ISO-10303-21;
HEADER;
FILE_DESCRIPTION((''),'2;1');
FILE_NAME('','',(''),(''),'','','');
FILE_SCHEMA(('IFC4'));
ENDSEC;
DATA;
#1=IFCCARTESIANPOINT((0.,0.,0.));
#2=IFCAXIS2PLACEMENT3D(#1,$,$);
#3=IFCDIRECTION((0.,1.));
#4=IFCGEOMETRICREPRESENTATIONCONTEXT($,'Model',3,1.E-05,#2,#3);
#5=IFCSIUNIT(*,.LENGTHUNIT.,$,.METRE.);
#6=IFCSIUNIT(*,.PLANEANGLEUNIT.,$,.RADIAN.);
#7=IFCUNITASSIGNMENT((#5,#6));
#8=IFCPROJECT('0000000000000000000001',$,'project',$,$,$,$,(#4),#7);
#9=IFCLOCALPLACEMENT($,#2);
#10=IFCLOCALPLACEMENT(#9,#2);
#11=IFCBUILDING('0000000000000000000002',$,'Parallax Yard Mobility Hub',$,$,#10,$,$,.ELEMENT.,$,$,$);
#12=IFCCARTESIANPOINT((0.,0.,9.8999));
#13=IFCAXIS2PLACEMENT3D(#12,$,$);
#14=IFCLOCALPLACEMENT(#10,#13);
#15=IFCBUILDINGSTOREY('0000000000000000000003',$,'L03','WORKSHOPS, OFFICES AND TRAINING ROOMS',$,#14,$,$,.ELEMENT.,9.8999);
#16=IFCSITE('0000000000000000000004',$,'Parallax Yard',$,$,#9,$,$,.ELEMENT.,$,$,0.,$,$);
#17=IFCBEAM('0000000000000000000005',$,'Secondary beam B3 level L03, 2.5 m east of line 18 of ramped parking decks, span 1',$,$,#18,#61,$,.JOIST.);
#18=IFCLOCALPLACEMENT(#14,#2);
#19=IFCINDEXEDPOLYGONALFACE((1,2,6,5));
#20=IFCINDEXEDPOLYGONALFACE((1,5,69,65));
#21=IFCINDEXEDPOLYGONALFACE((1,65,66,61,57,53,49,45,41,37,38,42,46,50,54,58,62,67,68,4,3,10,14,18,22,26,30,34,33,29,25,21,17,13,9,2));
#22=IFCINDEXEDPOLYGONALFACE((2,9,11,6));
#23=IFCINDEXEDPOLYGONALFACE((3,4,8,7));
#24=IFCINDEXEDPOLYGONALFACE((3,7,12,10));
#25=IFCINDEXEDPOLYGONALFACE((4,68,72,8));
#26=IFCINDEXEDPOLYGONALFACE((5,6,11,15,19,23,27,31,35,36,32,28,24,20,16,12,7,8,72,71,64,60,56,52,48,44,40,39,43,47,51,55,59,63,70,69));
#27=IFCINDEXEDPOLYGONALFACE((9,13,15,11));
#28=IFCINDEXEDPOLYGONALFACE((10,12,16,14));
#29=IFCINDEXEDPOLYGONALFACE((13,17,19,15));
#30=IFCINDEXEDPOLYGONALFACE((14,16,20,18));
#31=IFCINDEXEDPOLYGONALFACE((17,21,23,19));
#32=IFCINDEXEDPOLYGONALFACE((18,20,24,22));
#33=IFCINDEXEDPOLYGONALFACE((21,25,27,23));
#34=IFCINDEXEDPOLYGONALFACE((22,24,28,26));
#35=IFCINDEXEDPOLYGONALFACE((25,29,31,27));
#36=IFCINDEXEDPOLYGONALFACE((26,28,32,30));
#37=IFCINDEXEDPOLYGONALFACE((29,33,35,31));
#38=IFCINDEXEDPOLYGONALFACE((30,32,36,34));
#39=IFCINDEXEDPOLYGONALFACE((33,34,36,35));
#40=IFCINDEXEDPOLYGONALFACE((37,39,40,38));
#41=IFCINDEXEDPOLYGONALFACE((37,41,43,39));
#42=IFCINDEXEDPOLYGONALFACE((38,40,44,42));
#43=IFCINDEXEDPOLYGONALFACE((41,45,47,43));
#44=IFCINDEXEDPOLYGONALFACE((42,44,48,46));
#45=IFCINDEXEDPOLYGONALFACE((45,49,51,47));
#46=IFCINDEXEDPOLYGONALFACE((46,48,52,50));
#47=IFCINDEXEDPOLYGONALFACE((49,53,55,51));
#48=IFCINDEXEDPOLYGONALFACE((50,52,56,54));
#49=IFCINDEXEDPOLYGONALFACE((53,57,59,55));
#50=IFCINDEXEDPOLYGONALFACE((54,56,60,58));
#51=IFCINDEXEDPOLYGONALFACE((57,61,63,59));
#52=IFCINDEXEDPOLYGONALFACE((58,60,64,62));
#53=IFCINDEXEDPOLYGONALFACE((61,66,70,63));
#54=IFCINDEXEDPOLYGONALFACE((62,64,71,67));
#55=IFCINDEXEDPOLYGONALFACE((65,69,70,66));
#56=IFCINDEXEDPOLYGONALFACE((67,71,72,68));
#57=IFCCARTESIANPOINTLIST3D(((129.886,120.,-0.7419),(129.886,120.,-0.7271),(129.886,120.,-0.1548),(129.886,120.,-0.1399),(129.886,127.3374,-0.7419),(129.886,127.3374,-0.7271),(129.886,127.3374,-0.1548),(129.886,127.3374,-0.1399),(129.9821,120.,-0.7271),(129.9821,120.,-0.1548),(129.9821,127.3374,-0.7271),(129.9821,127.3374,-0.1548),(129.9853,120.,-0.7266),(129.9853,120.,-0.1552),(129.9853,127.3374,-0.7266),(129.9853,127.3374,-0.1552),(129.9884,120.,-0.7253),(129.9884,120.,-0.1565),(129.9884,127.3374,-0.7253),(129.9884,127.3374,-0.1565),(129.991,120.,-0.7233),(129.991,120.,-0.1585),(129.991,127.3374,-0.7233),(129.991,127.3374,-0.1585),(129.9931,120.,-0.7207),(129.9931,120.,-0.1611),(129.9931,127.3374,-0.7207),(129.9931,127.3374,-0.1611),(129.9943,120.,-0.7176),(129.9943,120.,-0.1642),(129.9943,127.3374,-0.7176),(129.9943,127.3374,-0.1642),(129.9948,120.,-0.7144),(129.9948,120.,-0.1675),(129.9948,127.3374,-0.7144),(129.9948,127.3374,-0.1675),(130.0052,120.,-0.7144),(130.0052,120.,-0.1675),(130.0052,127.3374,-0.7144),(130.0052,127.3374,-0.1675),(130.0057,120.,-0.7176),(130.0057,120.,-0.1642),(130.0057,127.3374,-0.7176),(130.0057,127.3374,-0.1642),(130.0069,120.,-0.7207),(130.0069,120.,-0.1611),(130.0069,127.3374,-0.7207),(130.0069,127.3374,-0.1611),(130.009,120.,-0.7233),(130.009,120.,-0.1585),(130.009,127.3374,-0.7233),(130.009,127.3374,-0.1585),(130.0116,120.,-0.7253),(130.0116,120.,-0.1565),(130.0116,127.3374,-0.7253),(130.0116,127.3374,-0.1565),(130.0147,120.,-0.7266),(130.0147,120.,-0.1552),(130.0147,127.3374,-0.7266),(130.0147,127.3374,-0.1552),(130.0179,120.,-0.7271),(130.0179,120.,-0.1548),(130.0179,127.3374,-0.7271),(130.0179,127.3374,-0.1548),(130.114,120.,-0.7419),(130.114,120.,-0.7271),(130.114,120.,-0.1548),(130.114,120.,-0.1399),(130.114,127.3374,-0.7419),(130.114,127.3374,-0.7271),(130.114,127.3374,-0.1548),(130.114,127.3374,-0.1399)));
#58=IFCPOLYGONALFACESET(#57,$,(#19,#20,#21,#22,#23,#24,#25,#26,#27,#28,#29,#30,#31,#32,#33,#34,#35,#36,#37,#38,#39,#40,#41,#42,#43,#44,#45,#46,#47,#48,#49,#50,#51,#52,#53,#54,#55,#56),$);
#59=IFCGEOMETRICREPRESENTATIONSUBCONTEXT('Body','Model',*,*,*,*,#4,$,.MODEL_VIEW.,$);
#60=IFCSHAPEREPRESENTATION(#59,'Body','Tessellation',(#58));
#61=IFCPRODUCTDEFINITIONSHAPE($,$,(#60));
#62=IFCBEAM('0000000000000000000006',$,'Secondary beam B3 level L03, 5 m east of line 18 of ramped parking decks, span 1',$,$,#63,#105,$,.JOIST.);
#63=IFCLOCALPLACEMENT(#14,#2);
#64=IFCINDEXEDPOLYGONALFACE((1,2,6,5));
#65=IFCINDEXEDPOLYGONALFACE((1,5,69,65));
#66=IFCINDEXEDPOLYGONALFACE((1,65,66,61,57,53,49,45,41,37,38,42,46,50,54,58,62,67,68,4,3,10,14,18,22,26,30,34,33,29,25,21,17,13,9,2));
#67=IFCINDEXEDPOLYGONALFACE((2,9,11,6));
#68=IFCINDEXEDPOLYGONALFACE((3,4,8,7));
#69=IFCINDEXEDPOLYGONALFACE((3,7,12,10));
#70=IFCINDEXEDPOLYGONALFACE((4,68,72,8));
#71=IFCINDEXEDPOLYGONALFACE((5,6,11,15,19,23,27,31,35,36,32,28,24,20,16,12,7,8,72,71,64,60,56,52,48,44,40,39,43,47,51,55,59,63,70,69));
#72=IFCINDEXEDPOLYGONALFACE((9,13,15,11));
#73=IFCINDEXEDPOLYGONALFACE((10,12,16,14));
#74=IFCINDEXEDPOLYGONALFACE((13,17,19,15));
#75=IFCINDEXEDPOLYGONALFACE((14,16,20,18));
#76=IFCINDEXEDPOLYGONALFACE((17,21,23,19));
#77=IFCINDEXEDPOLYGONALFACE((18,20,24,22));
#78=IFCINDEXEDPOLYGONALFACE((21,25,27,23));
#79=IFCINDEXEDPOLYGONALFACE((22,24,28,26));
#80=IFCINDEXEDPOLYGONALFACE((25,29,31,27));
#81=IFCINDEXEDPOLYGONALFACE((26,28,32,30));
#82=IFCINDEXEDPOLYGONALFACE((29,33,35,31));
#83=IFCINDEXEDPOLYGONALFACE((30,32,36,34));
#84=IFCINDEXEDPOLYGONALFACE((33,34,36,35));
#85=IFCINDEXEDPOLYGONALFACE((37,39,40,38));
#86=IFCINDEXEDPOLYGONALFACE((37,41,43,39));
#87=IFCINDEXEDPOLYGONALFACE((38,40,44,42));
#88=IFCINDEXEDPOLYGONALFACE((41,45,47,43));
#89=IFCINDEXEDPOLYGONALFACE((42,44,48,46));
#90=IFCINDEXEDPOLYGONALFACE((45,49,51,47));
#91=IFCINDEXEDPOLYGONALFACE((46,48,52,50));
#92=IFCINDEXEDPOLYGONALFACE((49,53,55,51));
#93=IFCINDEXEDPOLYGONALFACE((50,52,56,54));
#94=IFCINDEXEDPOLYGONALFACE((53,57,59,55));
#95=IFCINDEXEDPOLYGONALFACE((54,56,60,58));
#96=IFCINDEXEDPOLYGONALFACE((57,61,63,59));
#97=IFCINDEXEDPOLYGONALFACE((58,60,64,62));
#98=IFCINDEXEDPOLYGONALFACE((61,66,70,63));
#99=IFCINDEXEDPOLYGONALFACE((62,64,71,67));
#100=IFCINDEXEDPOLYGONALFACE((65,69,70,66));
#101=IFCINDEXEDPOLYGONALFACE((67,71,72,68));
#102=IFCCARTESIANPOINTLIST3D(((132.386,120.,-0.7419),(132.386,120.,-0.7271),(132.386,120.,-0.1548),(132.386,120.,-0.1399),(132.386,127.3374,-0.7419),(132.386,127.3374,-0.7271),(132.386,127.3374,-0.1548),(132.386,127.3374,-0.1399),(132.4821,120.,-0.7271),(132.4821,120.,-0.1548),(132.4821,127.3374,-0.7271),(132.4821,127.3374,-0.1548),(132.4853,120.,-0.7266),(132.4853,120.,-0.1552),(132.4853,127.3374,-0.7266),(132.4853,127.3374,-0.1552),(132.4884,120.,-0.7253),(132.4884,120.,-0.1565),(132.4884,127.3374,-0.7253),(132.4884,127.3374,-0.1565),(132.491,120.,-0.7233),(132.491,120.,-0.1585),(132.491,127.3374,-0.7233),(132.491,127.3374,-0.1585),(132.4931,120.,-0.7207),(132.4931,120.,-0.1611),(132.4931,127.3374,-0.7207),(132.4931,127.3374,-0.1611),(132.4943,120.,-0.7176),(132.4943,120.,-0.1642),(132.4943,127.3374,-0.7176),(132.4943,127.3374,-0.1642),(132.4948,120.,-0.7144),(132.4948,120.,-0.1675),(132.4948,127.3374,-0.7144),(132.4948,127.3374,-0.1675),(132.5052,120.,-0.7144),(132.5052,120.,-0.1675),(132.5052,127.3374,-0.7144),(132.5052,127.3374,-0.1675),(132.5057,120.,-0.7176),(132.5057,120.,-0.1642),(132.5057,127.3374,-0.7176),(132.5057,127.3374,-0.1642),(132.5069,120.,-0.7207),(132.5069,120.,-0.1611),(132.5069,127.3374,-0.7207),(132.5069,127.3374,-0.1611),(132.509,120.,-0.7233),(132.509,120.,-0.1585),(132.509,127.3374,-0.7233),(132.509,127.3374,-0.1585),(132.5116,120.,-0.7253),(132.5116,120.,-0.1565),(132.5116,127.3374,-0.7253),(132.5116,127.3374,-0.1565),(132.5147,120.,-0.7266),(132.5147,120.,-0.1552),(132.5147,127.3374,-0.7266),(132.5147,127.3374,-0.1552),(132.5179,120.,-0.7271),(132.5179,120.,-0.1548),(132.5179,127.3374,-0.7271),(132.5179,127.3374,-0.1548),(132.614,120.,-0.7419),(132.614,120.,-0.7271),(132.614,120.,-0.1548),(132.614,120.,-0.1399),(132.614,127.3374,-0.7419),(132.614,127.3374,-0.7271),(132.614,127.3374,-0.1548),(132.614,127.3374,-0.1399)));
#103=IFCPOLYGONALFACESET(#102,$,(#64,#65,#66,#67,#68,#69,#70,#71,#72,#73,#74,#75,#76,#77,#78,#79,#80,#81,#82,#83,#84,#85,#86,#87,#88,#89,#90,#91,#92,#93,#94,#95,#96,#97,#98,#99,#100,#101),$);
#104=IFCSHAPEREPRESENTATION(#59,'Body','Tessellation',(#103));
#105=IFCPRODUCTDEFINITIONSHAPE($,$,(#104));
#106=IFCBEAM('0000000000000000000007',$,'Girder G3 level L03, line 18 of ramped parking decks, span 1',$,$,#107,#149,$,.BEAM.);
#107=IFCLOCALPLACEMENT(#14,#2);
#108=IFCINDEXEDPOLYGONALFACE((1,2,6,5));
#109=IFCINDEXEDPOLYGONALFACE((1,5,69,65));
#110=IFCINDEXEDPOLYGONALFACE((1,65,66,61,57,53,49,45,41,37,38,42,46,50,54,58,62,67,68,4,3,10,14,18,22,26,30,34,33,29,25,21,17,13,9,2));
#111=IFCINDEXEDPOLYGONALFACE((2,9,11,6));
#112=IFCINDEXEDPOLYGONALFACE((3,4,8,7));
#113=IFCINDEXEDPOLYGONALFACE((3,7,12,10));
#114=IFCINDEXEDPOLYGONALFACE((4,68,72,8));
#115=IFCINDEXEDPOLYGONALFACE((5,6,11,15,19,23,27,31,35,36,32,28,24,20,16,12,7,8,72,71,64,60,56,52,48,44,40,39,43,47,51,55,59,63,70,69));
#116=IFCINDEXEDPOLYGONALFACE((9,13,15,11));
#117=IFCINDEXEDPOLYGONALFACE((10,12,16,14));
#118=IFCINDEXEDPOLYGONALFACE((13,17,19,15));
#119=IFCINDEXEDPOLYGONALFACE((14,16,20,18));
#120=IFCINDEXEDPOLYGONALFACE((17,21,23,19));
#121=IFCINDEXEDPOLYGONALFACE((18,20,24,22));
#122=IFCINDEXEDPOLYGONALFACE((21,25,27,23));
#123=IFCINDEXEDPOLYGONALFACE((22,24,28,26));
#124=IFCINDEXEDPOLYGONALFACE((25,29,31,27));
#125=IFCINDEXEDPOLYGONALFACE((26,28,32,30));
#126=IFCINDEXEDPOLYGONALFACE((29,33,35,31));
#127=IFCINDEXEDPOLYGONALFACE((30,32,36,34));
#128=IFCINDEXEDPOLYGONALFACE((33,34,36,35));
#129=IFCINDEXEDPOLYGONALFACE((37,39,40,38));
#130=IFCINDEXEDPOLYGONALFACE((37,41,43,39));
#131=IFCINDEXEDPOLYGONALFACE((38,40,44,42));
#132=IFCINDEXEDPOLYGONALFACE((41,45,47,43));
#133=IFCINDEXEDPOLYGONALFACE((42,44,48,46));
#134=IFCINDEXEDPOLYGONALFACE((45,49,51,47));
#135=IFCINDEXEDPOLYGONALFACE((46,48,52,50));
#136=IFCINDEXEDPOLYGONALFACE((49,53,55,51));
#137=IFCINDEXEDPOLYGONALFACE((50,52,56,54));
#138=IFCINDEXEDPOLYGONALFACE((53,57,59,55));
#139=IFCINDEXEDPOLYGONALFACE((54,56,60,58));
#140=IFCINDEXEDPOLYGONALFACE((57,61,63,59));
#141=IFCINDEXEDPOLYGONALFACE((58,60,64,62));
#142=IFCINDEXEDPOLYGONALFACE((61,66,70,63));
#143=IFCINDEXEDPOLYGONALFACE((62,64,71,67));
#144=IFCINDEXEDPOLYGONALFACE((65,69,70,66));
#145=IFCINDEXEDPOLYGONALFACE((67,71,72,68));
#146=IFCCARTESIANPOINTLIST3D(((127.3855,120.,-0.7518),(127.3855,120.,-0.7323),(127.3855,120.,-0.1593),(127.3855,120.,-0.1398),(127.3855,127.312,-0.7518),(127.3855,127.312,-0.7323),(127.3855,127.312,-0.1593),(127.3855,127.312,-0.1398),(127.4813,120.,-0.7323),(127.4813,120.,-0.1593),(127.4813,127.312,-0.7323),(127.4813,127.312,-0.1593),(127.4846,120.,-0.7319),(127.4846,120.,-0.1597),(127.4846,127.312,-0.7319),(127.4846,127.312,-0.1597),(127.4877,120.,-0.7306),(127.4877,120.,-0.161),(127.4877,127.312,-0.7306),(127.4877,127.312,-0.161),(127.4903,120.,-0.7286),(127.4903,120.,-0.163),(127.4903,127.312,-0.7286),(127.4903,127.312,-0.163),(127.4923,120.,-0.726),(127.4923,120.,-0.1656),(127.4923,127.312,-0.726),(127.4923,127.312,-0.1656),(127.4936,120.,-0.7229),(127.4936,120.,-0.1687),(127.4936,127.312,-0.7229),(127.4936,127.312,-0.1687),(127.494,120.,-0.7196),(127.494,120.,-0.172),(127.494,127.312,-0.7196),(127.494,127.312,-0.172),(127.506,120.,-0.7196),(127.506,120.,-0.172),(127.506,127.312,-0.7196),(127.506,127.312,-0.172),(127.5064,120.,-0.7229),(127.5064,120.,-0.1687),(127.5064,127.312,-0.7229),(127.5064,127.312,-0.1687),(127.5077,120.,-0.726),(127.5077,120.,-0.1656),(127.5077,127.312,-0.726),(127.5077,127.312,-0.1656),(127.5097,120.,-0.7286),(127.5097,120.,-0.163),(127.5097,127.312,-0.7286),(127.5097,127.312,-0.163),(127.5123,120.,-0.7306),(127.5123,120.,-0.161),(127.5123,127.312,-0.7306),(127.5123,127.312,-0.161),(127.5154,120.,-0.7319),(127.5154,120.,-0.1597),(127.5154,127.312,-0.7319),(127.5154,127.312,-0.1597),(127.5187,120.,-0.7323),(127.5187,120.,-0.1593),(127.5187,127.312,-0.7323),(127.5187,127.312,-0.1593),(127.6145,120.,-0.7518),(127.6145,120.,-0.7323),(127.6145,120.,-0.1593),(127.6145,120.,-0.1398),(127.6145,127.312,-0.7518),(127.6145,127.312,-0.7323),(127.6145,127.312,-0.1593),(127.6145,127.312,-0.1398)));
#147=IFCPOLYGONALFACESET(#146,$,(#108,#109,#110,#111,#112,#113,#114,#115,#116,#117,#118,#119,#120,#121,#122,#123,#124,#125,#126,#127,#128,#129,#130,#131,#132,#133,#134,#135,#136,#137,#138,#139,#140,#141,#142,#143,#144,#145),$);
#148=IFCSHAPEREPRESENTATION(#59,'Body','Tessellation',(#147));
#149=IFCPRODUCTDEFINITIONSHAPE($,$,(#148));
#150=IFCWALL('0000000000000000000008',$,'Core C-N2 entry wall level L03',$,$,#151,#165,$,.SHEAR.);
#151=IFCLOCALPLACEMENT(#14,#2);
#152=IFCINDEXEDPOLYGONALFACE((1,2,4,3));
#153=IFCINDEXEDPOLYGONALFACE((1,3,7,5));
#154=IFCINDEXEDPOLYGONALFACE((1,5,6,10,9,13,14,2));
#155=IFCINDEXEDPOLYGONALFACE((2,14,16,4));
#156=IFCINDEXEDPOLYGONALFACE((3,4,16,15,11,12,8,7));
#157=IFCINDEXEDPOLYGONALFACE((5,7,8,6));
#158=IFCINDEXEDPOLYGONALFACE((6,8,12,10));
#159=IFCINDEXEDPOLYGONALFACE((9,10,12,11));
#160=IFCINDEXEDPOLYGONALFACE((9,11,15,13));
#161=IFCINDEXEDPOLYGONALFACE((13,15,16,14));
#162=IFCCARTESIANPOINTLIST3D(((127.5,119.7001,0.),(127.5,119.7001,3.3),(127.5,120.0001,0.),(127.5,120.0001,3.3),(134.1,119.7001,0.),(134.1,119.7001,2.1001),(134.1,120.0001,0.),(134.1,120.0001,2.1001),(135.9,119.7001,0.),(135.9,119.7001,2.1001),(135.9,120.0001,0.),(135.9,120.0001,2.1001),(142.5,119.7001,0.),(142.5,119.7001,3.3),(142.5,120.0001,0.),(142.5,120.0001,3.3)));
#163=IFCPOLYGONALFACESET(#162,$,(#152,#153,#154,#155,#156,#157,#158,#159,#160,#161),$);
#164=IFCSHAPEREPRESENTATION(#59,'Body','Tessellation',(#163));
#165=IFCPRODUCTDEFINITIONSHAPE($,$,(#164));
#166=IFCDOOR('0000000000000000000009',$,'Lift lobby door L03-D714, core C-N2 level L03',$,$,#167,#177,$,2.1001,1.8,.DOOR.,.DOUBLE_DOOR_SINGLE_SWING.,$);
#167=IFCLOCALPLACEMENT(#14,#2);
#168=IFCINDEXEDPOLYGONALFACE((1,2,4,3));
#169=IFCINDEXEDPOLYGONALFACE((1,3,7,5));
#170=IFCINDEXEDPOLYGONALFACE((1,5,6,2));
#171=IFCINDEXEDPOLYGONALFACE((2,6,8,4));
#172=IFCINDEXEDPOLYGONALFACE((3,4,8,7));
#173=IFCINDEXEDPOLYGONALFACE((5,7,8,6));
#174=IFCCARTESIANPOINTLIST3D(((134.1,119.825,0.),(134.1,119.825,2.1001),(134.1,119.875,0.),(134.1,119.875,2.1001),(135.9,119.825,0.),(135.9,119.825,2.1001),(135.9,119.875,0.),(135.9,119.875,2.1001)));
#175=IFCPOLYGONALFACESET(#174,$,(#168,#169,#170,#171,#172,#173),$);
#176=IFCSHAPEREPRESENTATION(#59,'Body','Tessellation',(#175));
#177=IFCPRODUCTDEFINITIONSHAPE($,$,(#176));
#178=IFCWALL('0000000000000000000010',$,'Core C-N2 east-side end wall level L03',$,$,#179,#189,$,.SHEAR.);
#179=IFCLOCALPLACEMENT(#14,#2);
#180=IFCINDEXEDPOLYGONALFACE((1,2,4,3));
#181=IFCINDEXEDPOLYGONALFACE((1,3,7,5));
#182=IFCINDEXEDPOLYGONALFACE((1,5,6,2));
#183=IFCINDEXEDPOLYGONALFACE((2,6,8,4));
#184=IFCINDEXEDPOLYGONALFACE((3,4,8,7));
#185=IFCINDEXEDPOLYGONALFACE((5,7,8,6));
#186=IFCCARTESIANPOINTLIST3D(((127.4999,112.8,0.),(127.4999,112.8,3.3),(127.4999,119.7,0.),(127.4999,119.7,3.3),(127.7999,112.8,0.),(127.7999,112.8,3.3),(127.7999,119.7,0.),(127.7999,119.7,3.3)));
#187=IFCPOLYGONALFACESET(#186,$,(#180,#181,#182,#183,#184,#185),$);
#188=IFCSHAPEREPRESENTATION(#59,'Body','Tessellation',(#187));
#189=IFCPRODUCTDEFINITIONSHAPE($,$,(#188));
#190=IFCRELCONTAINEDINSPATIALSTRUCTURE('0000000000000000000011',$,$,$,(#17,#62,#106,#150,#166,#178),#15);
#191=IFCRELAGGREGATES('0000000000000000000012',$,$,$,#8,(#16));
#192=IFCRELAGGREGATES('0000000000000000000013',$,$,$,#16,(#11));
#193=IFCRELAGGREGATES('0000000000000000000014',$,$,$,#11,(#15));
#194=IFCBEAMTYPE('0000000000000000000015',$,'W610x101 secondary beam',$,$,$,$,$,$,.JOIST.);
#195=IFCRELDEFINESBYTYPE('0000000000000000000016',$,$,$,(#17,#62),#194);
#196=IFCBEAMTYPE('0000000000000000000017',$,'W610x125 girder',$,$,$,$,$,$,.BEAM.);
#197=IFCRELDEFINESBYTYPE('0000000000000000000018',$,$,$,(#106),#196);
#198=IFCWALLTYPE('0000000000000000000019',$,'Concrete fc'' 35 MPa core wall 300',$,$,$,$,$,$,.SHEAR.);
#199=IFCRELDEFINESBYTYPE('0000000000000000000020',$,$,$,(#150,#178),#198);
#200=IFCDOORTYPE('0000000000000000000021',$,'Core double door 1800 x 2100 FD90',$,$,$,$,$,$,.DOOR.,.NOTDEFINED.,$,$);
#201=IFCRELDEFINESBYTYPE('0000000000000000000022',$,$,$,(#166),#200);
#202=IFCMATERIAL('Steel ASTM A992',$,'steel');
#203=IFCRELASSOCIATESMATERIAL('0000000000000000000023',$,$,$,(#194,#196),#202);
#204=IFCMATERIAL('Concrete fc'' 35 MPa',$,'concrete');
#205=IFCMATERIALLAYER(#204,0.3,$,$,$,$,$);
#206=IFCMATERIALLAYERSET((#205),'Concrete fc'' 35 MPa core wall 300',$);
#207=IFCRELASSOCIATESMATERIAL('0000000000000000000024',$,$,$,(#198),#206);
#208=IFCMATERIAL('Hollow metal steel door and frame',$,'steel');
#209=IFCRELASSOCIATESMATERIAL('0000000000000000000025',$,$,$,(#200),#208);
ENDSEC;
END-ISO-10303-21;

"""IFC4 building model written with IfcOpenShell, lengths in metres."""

from ifc_helpers import new_model, si_unit, direction, frame, frame_2d, origin, origin_2d, place, context, subcontext, project, spatial, rectangle, i_section, extrude, material, layer, layer_set, material_profile, profile_set, type_object, element, fill, save


model = new_model("IFC4")

# Units and contexts
model_context = context("Model", 3, precision=1e-05, world=origin(), true_north=direction((0.0, 1.0)))
body_context = subcontext(model_context, "Body", "Model", "MODEL_VIEW")
ifc_project = project(units=[si_unit("LENGTHUNIT", "METRE"), si_unit("PLANEANGLEUNIT", "RADIAN")], contexts=[model_context])

# Site, building, storey
site_placement = place(None, origin())
site = spatial("IfcSite", under=ifc_project, at=site_placement, Name="Parallax Yard", CompositionType="ELEMENT", RefElevation=0.0)
building_placement = place(site_placement, origin())
building = spatial("IfcBuilding", under=site, at=building_placement, Name="Parallax Yard Mobility Hub", CompositionType="ELEMENT")
storey_placement = place(building_placement, frame((0.0, 0.0, 9.8999)))
storey = spatial("IfcBuildingStorey", under=building, at=storey_placement, Name="L03", Description="WORKSHOPS, OFFICES AND TRAINING ROOMS", CompositionType="ELEMENT", Elevation=9.8999)

# Beams
ifc_material_1 = material(Name="Steel ASTM A992", Category="steel")
ifc_material_profile_1 = material_profile(ifc_material_1, i_section(OverallWidth=0.228, OverallDepth=0.6021, WebThickness=0.0105, FlangeThickness=0.0149, FilletRadius=0.0127, at=origin_2d()), Name="W610x101")
ifc_profile_set_1 = profile_set([ifc_material_profile_1], Name="Steel ASTM A992")
beam_type_1 = type_object("IfcBeamType", Name="W610x101 secondary beam", PredefinedType="JOIST", material=ifc_profile_set_1)
for number, where, z_axis, x_axis, name in (
    (1, (130.0, 120.0, -0.4409), (0.0, 1.0, 0.0), (-1.0, 0.0, 0.0), "Secondary beam B3 level L03, 2.5 m east of line 18 of ramped parking decks, span 1"),
    (2, (132.5, 120.0, -0.4409), (0.0, 1.0, 0.0), (-1.0, 0.0, 0.0), "Secondary beam B3 level L03, 5 m east of line 18 of ramped parking decks, span 1"),
):
    element("IfcBeam", number, at=place(storey_placement, frame(where, z_axis=z_axis, x_axis=x_axis)), inside=storey, type_object=beam_type_1, Name=name, PredefinedType="JOIST", context=body_context, shape_type="SweptSolid", body=[
        extrude(i_section(OverallWidth=0.228, OverallDepth=0.6021, WebThickness=0.0105, FlangeThickness=0.0149, FilletRadius=0.0127, at=origin_2d()), origin(), (0.0, 0.0, 1.0), 7.3374),
    ])
ifc_material_profile_2 = material_profile(ifc_material_1, i_section(OverallWidth=0.229, OverallDepth=0.6121, WebThickness=0.012, FlangeThickness=0.0195, FilletRadius=0.0127, at=origin_2d()), Name="W610x125")
ifc_profile_set_2 = profile_set([ifc_material_profile_2], Name="Steel ASTM A992")
beam_type_2 = type_object("IfcBeamType", Name="W610x125 girder", PredefinedType="BEAM", material=ifc_profile_set_2)
beam_placement = place(storey_placement, frame((127.5, 120.0, -0.4458), z_axis=(0.0, 1.0, 0.0), x_axis=(-1.0, 0.0, 0.0)))
element("IfcBeam", 3, at=beam_placement, inside=storey, type_object=beam_type_2, Name="Girder G3 level L03, line 18 of ramped parking decks, span 1", PredefinedType="BEAM", context=body_context, shape_type="SweptSolid", body=[
    extrude(i_section(OverallWidth=0.229, OverallDepth=0.6121, WebThickness=0.012, FlangeThickness=0.0195, FilletRadius=0.0127, at=origin_2d()), origin(), (0.0, 0.0, 1.0), 7.312),
])

# Wall, opening, door
ifc_material_2 = material(Name="Concrete fc' 35 MPa", Category="concrete")
ifc_layer_1 = layer(ifc_material_2, 0.3)
ifc_layer_set_1 = layer_set([ifc_layer_1], Name="Concrete fc' 35 MPa core wall 300")
wall_type_1 = type_object("IfcWallType", Name="Concrete fc' 35 MPa core wall 300", PredefinedType="SHEAR", material=ifc_layer_set_1)
wall_1_placement = place(storey_placement, frame((127.5, 119.8501, 0.0), z_axis=(0.0, 0.0, 1.0), x_axis=(1.0, 0.0, 0.0)))
wall_1 = element("IfcWall", 4, at=wall_1_placement, inside=storey, type_object=wall_type_1, Name="Core C-N2 entry wall level L03", PredefinedType="SHEAR", context=body_context, shape_type="SweptSolid", body=[
    extrude(rectangle(XDim=15.0, YDim=0.3, at=frame_2d((7.5, 0.0))), origin(), (0.0, 0.0, 1.0), 3.3),
])
opening_placement = place(wall_1_placement, frame((6.6001, 0.0, 0.0)))
opening = element("IfcOpeningElement", 5, at=opening_placement, cuts=wall_1, PredefinedType="OPENING", context=body_context, shape_type="SweptSolid", body=[
    extrude(rectangle(XDim=1.8, YDim=2.1001, at=frame_2d((0.8999, 1.05))), frame((0.0, 0.1602, 0.0), z_axis=(0.0, -1.0, 0.0), x_axis=(1.0, 0.0, 0.0)), (0.0, 0.0, 1.0), 0.3201),
])
ifc_material_3 = material(Name="Hollow metal steel door and frame", Category="steel")
door_type = type_object("IfcDoorType", Name="Core double door 1800 x 2100 FD90", OperationType="NOTDEFINED", PredefinedType="DOOR", material=ifc_material_3)
door_placement = place(opening_placement, origin())
door = element("IfcDoor", 6, at=door_placement, inside=storey, type_object=door_type, Name="Lift lobby door L03-D714, core C-N2 level L03", OperationType="DOUBLE_DOOR_SINGLE_SWING", OverallHeight=2.1001, OverallWidth=1.8, PredefinedType="DOOR", context=body_context, shape_type="SweptSolid", body=[
    extrude(rectangle(XDim=1.8, YDim=2.1001, at=frame_2d((0.8999, 1.05))), frame((0.0, 0.0249, 0.0), z_axis=(0.0, -1.0, 0.0), x_axis=(1.0, 0.0, 0.0)), (0.0, 0.0, 1.0), 0.05),
])
fill(opening, door)

# Wall
wall_2_placement = place(storey_placement, frame((127.6499, 119.7, 0.0), z_axis=(0.0, 0.0, 1.0), x_axis=(0.0, -1.0, 0.0)))
element("IfcWall", 7, at=wall_2_placement, inside=storey, type_object=wall_type_1, Name="Core C-N2 east-side end wall level L03", PredefinedType="SHEAR", context=body_context, shape_type="SweptSolid", body=[
    extrude(rectangle(XDim=6.8999, YDim=0.3, at=frame_2d((3.45, 0.0))), origin(), (0.0, 0.0, 1.0), 3.3),
])

save(model, "model.ifc")
